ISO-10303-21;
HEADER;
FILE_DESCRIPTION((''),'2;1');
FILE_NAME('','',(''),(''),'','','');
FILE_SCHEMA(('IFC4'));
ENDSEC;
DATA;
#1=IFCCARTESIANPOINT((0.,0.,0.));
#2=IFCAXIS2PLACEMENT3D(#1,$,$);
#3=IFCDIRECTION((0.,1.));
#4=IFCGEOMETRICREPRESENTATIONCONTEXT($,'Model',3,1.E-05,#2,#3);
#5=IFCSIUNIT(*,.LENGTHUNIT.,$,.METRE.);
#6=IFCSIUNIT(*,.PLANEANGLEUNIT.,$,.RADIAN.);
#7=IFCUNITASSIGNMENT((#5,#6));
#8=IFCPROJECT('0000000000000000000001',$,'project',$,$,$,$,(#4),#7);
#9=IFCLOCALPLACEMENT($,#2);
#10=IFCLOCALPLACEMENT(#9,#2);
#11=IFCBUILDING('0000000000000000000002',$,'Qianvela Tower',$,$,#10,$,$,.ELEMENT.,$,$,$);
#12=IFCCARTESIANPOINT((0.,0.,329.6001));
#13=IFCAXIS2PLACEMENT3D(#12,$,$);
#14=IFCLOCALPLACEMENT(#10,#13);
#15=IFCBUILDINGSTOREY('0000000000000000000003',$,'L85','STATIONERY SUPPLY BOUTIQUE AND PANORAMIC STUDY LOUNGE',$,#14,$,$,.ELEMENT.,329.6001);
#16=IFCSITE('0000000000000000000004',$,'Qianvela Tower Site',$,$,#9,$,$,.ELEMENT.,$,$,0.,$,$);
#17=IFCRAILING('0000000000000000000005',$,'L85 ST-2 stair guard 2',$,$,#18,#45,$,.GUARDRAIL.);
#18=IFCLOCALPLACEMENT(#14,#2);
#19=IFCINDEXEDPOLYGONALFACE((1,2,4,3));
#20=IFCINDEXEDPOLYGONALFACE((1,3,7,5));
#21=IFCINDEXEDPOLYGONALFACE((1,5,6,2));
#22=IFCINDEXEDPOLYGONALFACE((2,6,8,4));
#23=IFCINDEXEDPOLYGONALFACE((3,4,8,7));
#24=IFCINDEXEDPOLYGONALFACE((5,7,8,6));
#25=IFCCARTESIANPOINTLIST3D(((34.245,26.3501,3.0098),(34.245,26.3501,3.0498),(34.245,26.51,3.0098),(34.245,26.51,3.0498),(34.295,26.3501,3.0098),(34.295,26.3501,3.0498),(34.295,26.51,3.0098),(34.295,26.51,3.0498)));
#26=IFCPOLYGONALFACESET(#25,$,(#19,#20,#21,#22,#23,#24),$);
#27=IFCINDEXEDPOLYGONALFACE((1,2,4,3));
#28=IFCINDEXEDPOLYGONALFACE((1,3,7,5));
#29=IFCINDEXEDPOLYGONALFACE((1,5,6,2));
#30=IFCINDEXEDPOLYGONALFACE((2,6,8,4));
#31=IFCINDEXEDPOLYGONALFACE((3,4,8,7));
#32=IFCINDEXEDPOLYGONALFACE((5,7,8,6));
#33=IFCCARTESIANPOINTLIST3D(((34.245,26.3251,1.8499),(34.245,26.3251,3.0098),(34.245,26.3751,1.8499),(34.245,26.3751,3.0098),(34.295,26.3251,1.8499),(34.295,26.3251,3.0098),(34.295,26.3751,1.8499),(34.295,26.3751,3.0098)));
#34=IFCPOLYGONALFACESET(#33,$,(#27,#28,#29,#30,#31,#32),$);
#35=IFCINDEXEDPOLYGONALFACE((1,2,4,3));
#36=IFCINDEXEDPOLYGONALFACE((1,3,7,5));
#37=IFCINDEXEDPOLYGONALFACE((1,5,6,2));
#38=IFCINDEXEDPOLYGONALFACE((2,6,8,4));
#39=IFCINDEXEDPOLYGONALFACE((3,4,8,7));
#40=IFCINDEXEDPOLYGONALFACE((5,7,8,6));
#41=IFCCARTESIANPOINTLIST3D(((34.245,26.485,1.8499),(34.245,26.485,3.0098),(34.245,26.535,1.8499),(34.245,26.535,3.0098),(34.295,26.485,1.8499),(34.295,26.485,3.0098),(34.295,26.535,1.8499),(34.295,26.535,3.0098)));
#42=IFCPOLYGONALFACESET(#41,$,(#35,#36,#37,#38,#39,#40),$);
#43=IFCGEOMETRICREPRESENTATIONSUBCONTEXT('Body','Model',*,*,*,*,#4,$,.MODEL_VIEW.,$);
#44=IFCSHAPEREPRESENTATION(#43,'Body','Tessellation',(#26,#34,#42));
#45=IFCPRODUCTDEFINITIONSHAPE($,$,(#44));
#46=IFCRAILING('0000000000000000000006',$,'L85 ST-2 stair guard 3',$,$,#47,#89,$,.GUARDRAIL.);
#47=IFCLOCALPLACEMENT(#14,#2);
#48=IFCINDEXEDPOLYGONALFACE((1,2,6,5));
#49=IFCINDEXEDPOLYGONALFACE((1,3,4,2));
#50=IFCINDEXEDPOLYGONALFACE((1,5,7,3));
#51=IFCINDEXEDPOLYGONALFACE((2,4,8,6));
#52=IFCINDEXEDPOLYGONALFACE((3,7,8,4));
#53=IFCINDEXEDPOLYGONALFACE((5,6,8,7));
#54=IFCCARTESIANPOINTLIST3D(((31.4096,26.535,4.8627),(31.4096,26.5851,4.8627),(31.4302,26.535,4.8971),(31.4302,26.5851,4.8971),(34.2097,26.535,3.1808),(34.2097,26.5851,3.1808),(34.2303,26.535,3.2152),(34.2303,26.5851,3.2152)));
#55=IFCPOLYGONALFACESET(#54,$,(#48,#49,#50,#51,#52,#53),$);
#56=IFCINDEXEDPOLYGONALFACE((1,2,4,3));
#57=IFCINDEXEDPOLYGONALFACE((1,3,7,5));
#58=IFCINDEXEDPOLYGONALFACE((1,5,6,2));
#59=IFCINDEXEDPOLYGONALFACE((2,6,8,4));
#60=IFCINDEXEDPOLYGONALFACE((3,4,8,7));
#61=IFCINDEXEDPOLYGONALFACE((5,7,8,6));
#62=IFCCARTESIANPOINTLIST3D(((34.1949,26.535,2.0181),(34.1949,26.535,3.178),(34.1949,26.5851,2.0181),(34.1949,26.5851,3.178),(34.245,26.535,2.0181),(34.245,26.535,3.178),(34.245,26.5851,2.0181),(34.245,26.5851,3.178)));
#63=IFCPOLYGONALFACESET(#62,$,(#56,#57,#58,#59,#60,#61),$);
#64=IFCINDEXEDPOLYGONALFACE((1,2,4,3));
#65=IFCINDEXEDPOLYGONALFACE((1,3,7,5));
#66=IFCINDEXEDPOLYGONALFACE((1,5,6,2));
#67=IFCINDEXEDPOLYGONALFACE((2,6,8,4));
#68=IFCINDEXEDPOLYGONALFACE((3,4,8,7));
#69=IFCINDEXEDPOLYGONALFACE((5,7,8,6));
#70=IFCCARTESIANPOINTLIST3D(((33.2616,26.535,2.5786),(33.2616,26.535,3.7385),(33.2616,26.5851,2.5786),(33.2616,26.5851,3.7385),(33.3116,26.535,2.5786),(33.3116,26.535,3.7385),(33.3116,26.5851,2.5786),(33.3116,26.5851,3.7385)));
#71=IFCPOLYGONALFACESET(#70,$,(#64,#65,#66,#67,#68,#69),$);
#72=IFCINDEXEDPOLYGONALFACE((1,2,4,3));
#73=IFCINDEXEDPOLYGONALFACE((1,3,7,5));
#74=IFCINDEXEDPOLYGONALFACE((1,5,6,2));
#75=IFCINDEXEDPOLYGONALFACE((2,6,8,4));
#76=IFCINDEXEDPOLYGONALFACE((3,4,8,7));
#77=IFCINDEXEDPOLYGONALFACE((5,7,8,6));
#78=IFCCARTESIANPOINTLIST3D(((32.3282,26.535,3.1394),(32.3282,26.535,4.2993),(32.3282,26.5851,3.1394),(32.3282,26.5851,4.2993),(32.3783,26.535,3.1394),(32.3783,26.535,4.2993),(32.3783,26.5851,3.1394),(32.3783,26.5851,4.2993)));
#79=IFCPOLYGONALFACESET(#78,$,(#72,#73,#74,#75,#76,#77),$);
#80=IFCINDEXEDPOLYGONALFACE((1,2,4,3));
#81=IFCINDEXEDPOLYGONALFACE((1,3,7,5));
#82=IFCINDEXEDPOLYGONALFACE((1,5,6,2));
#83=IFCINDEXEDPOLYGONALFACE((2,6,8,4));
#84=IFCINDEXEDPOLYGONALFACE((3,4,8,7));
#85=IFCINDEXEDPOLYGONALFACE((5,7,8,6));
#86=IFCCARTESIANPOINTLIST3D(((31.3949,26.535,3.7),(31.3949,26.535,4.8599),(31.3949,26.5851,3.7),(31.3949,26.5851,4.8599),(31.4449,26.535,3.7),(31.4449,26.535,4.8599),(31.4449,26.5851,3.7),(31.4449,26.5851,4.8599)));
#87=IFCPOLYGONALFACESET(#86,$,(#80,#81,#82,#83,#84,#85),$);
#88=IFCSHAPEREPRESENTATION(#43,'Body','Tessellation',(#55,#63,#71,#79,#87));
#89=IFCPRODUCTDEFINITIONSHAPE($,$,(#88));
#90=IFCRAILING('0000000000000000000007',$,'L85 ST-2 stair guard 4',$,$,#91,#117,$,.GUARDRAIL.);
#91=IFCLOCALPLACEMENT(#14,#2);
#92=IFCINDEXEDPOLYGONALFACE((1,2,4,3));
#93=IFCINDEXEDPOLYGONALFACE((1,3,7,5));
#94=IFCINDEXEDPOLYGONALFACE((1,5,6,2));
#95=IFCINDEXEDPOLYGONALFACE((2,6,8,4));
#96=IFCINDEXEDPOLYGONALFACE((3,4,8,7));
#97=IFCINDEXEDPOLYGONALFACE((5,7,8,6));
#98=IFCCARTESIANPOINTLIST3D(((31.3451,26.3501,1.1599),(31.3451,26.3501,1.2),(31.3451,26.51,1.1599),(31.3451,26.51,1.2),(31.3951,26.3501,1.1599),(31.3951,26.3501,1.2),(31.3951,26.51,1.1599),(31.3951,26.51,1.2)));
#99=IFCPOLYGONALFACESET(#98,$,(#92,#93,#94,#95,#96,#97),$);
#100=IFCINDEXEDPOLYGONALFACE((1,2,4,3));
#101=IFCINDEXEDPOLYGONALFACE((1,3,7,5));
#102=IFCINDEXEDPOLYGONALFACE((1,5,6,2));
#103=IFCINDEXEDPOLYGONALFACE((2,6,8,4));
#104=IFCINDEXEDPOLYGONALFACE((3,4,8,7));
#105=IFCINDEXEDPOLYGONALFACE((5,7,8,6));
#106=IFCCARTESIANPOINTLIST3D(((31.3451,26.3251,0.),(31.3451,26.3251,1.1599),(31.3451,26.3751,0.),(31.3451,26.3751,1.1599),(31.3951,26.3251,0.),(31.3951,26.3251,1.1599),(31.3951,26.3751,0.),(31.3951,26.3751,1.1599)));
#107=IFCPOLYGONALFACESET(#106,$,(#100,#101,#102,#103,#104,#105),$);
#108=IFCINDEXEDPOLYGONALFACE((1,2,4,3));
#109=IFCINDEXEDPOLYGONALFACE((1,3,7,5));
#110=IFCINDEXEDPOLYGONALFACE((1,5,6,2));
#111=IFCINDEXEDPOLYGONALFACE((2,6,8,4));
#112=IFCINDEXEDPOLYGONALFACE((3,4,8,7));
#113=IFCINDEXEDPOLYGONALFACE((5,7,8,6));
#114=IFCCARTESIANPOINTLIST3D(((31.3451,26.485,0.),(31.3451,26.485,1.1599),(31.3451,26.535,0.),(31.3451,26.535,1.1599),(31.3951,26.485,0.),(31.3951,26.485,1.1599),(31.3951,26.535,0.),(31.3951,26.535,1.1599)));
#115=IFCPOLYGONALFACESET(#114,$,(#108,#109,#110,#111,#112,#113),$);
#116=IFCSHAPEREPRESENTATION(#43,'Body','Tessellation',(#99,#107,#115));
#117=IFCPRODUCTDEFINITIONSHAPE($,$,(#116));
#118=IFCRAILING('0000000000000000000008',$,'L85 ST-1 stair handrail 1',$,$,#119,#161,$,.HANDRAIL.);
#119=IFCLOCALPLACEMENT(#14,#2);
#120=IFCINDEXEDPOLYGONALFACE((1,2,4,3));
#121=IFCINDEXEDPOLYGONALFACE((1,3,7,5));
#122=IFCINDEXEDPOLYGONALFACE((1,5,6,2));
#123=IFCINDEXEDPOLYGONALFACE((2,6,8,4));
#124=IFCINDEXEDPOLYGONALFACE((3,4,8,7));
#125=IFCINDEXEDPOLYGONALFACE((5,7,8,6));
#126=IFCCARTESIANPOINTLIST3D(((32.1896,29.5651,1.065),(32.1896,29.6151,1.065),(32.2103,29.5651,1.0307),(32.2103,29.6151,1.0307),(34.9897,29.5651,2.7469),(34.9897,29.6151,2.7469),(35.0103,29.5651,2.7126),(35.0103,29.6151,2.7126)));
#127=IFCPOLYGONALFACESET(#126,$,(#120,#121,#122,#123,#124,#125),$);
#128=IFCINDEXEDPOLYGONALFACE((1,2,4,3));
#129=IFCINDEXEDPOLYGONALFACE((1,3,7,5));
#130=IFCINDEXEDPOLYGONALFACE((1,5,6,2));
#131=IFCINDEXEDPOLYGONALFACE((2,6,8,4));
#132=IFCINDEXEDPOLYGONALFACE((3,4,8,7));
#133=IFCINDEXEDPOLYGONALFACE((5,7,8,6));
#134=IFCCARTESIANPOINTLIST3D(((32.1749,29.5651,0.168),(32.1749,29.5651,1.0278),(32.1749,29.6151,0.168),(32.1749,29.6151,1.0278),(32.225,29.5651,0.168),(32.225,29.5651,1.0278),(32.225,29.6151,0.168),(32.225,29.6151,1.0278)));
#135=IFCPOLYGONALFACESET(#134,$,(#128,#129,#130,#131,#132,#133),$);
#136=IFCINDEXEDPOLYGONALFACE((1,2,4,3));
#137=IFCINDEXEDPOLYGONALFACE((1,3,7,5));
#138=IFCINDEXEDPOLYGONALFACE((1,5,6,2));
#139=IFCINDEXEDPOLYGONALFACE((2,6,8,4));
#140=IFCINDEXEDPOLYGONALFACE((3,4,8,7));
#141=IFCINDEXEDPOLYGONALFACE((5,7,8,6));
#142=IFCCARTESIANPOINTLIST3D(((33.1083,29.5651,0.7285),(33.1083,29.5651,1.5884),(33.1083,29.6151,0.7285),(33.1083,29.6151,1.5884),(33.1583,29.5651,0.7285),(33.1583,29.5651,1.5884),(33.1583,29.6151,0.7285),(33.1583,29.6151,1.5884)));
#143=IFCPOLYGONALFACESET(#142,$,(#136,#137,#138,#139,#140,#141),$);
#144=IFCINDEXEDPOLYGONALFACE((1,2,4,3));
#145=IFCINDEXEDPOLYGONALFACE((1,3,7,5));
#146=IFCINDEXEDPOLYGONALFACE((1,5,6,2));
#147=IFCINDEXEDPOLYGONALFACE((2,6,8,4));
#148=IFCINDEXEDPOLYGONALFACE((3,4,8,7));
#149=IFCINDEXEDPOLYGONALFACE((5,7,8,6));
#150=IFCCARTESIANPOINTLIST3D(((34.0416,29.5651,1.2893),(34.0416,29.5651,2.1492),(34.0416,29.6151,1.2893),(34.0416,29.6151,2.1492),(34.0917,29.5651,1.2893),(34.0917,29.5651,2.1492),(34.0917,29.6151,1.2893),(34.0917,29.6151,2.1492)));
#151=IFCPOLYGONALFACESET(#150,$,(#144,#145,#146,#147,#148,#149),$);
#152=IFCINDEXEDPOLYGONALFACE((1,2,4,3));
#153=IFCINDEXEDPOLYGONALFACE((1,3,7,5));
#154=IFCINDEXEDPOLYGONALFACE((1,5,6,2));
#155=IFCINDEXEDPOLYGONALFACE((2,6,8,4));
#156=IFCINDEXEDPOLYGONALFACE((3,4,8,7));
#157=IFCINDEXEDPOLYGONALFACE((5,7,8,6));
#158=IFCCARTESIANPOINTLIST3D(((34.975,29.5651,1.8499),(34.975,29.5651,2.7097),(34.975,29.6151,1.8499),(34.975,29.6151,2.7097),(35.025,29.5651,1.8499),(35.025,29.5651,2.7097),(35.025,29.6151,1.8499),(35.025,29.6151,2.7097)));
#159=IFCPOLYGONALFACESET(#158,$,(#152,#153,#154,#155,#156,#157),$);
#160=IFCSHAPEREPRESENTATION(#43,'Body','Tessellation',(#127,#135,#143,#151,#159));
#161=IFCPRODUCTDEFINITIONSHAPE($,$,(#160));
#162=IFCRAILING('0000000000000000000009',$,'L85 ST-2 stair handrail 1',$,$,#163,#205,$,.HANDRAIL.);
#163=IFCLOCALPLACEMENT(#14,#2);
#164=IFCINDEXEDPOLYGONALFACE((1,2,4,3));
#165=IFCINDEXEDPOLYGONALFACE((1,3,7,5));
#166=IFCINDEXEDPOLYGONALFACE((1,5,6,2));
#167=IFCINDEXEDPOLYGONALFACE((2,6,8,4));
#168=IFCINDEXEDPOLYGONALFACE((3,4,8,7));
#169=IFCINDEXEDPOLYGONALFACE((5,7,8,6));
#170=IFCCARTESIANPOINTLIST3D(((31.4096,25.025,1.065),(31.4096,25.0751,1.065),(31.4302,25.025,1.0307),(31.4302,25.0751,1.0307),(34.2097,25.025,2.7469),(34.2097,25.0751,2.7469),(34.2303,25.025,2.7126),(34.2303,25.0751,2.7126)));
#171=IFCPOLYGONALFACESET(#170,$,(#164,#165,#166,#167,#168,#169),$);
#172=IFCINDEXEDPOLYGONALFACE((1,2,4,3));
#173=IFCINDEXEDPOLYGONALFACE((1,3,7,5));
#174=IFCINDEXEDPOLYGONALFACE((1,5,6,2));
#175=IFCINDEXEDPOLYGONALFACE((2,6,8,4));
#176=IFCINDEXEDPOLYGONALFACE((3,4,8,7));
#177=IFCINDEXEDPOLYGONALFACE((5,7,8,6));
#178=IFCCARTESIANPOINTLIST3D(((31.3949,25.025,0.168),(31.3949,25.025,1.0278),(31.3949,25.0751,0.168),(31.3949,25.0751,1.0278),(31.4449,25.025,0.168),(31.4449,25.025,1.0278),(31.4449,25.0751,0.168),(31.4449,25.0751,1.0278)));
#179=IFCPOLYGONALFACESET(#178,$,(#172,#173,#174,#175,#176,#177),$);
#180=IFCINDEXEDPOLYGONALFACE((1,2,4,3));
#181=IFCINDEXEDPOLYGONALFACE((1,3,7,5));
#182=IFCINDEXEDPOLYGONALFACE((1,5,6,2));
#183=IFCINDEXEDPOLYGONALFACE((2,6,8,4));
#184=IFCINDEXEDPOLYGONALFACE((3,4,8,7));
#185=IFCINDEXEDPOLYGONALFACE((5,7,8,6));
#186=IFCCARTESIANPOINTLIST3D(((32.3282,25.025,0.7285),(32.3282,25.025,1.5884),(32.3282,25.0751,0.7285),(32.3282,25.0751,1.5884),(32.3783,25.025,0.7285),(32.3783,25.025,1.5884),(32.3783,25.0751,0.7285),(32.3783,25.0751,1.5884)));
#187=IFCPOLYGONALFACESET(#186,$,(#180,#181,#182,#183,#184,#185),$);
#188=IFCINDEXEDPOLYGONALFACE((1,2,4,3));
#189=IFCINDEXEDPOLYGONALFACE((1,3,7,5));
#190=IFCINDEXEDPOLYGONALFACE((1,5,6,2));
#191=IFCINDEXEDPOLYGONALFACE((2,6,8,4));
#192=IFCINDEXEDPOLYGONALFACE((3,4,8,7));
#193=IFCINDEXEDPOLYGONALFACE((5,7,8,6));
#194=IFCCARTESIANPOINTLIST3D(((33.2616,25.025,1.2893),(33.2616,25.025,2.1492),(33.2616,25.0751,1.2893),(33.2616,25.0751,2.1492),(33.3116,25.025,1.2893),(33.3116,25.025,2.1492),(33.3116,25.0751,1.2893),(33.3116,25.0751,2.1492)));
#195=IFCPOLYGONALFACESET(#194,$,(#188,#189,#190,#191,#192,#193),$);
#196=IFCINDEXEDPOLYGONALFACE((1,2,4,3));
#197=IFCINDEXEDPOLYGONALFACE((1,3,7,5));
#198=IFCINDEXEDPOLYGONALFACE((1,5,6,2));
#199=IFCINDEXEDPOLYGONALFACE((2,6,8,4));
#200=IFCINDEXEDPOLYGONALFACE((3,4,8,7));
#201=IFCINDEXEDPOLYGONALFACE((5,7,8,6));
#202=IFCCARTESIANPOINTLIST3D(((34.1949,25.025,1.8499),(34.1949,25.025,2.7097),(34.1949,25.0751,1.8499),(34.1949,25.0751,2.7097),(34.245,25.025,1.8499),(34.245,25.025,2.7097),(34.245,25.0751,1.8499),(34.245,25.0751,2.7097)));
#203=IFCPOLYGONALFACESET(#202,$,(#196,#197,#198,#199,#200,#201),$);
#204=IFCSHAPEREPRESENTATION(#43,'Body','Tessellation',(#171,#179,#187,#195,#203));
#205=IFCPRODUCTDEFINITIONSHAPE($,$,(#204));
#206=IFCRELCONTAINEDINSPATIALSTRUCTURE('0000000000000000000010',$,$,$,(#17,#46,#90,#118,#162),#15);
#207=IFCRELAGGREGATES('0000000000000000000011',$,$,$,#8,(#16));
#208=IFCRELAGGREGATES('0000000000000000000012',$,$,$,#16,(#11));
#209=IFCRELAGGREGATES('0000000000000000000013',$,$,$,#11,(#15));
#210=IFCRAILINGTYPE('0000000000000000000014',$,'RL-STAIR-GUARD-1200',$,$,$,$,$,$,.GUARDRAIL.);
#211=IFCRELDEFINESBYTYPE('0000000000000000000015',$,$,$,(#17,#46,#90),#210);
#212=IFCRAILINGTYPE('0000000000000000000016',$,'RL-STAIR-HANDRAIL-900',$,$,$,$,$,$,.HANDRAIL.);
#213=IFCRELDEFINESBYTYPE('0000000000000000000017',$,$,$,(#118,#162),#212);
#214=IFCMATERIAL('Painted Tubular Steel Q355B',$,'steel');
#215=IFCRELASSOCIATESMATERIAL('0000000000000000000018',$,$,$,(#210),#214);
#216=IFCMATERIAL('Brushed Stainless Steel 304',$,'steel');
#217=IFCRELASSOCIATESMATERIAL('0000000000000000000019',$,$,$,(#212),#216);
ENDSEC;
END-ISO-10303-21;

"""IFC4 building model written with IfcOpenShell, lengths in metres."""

from ifc_helpers import new_model, si_unit, direction, frame, origin, origin_2d, place, context, subcontext, project, spatial, rectangle, extrude, material, type_object, element, save


model = new_model("IFC4")

# Units and contexts
model_context = context("Model", 3, precision=1e-05, world=origin(), true_north=direction((0.0, 1.0)))
body_context = subcontext(model_context, "Body", "Model", "MODEL_VIEW")
ifc_project = project(units=[si_unit("LENGTHUNIT", "METRE"), si_unit("PLANEANGLEUNIT", "RADIAN")], contexts=[model_context])

# Site, building, storey
site_placement = place(None, origin())
site = spatial("IfcSite", under=ifc_project, at=site_placement, Name="Qianvela Tower Site", CompositionType="ELEMENT", RefElevation=0.0)
building_placement = place(site_placement, origin())
building = spatial("IfcBuilding", under=site, at=building_placement, Name="Qianvela Tower", CompositionType="ELEMENT")
storey_placement = place(building_placement, frame((0.0, 0.0, 329.6001)))
storey = spatial("IfcBuildingStorey", under=building, at=storey_placement, Name="L85", Description="STATIONERY SUPPLY BOUTIQUE AND PANORAMIC STUDY LOUNGE", CompositionType="ELEMENT", Elevation=329.6001)

# Railings
ifc_material_1 = material(Name="Painted Tubular Steel Q355B", Category="steel")
railing_type_1 = type_object("IfcRailingType", Name="RL-STAIR-GUARD-1200", PredefinedType="GUARDRAIL", material=ifc_material_1)
railing_1_placement = place(storey_placement, frame((34.27, 26.3501, 1.8499)))
element("IfcRailing", 1, at=railing_1_placement, inside=storey, type_object=railing_type_1, Name="L85 ST-2 stair guard 2", PredefinedType="GUARDRAIL", context=body_context, shape_type="SweptSolid", body=[
    extrude(rectangle(XDim=0.05, YDim=0.04, at=origin_2d()), frame((0.0, 0.0, 1.1799), z_axis=(0.0, 1.0, 0.0), x_axis=(-1.0, 0.0, 0.0)), (0.0, 0.0, 1.0), 0.1599),
    extrude(rectangle(XDim=0.05, YDim=0.05, at=origin_2d()), origin(), (0.0, 0.0, 1.0), 1.1599),
    extrude(rectangle(XDim=0.05, YDim=0.05, at=origin_2d()), frame((0.0, 0.1599, 0.0)), (0.0, 0.0, 1.0), 1.1599),
])
railing_2_placement = place(storey_placement, frame((34.22, 26.5601, 2.0181)))
element("IfcRailing", 2, at=railing_2_placement, inside=storey, type_object=railing_type_1, Name="L85 ST-2 stair guard 3", PredefinedType="GUARDRAIL", context=body_context, shape_type="SweptSolid", body=[
    extrude(rectangle(XDim=0.05, YDim=0.04, at=origin_2d()), frame((0.0, 0.0, 1.1799), z_axis=(-0.857242, 0.0, 0.514913), x_axis=(0.0, -1.0, 0.0)), (0.0, 0.0, 1.0), 3.2664),
    extrude(rectangle(XDim=0.05, YDim=0.05, at=origin_2d()), origin(), (0.0, 0.0, 1.0), 1.1599),
    extrude(rectangle(XDim=0.05, YDim=0.05, at=origin_2d()), frame((-0.9333, 0.0, 0.5605)), (0.0, 0.0, 1.0), 1.1599),
    extrude(rectangle(XDim=0.05, YDim=0.05, at=origin_2d()), frame((-1.8667, 0.0, 1.1213)), (0.0, 0.0, 1.0), 1.1599),
    extrude(rectangle(XDim=0.05, YDim=0.05, at=origin_2d()), frame((-2.8, 0.0, 1.6819)), (0.0, 0.0, 1.0), 1.1599),
])
railing_3_placement = place(storey_placement, frame((31.3701, 26.3501, 0.0)))
element("IfcRailing", 3, at=railing_3_placement, inside=storey, type_object=railing_type_1, Name="L85 ST-2 stair guard 4", PredefinedType="GUARDRAIL", context=body_context, shape_type="SweptSolid", body=[
    extrude(rectangle(XDim=0.05, YDim=0.04, at=origin_2d()), frame((0.0, 0.0, 1.1799), z_axis=(0.0, 1.0, 0.0), x_axis=(-1.0, 0.0, 0.0)), (0.0, 0.0, 1.0), 0.1599),
    extrude(rectangle(XDim=0.05, YDim=0.05, at=origin_2d()), origin(), (0.0, 0.0, 1.0), 1.1599),
    extrude(rectangle(XDim=0.05, YDim=0.05, at=origin_2d()), frame((0.0, 0.1599, 0.0)), (0.0, 0.0, 1.0), 1.1599),
])
ifc_material_2 = material(Name="Brushed Stainless Steel 304", Category="steel")
railing_type_2 = type_object("IfcRailingType", Name="RL-STAIR-HANDRAIL-900", PredefinedType="HANDRAIL", material=ifc_material_2)
for number, where, name in (
    (4, (32.2, 29.5901, 0.168), "L85 ST-1 stair handrail 1"),
    (5, (31.4199, 25.05, 0.168), "L85 ST-2 stair handrail 1"),
):
    element("IfcRailing", number, at=place(storey_placement, frame(where)), inside=storey, type_object=railing_type_2, Name=name, PredefinedType="HANDRAIL", context=body_context, shape_type="SweptSolid", body=[
        extrude(rectangle(XDim=0.05, YDim=0.04, at=origin_2d()), frame((0.0, 0.0, 0.8799), z_axis=(0.857242, 0.0, 0.514913), x_axis=(0.0, 1.0, 0.0)), (0.0, 0.0, 1.0), 3.2664),
        extrude(rectangle(XDim=0.05, YDim=0.05, at=origin_2d()), origin(), (0.0, 0.0, 1.0), 0.8599),
        extrude(rectangle(XDim=0.05, YDim=0.05, at=origin_2d()), frame((0.9333, 0.0, 0.5605)), (0.0, 0.0, 1.0), 0.8599),
        extrude(rectangle(XDim=0.05, YDim=0.05, at=origin_2d()), frame((1.8667, 0.0, 1.1213)), (0.0, 0.0, 1.0), 0.8599),
        extrude(rectangle(XDim=0.05, YDim=0.05, at=origin_2d()), frame((2.8, 0.0, 1.6819)), (0.0, 0.0, 1.0), 0.8599),
    ])

save(model, "model.ifc")
